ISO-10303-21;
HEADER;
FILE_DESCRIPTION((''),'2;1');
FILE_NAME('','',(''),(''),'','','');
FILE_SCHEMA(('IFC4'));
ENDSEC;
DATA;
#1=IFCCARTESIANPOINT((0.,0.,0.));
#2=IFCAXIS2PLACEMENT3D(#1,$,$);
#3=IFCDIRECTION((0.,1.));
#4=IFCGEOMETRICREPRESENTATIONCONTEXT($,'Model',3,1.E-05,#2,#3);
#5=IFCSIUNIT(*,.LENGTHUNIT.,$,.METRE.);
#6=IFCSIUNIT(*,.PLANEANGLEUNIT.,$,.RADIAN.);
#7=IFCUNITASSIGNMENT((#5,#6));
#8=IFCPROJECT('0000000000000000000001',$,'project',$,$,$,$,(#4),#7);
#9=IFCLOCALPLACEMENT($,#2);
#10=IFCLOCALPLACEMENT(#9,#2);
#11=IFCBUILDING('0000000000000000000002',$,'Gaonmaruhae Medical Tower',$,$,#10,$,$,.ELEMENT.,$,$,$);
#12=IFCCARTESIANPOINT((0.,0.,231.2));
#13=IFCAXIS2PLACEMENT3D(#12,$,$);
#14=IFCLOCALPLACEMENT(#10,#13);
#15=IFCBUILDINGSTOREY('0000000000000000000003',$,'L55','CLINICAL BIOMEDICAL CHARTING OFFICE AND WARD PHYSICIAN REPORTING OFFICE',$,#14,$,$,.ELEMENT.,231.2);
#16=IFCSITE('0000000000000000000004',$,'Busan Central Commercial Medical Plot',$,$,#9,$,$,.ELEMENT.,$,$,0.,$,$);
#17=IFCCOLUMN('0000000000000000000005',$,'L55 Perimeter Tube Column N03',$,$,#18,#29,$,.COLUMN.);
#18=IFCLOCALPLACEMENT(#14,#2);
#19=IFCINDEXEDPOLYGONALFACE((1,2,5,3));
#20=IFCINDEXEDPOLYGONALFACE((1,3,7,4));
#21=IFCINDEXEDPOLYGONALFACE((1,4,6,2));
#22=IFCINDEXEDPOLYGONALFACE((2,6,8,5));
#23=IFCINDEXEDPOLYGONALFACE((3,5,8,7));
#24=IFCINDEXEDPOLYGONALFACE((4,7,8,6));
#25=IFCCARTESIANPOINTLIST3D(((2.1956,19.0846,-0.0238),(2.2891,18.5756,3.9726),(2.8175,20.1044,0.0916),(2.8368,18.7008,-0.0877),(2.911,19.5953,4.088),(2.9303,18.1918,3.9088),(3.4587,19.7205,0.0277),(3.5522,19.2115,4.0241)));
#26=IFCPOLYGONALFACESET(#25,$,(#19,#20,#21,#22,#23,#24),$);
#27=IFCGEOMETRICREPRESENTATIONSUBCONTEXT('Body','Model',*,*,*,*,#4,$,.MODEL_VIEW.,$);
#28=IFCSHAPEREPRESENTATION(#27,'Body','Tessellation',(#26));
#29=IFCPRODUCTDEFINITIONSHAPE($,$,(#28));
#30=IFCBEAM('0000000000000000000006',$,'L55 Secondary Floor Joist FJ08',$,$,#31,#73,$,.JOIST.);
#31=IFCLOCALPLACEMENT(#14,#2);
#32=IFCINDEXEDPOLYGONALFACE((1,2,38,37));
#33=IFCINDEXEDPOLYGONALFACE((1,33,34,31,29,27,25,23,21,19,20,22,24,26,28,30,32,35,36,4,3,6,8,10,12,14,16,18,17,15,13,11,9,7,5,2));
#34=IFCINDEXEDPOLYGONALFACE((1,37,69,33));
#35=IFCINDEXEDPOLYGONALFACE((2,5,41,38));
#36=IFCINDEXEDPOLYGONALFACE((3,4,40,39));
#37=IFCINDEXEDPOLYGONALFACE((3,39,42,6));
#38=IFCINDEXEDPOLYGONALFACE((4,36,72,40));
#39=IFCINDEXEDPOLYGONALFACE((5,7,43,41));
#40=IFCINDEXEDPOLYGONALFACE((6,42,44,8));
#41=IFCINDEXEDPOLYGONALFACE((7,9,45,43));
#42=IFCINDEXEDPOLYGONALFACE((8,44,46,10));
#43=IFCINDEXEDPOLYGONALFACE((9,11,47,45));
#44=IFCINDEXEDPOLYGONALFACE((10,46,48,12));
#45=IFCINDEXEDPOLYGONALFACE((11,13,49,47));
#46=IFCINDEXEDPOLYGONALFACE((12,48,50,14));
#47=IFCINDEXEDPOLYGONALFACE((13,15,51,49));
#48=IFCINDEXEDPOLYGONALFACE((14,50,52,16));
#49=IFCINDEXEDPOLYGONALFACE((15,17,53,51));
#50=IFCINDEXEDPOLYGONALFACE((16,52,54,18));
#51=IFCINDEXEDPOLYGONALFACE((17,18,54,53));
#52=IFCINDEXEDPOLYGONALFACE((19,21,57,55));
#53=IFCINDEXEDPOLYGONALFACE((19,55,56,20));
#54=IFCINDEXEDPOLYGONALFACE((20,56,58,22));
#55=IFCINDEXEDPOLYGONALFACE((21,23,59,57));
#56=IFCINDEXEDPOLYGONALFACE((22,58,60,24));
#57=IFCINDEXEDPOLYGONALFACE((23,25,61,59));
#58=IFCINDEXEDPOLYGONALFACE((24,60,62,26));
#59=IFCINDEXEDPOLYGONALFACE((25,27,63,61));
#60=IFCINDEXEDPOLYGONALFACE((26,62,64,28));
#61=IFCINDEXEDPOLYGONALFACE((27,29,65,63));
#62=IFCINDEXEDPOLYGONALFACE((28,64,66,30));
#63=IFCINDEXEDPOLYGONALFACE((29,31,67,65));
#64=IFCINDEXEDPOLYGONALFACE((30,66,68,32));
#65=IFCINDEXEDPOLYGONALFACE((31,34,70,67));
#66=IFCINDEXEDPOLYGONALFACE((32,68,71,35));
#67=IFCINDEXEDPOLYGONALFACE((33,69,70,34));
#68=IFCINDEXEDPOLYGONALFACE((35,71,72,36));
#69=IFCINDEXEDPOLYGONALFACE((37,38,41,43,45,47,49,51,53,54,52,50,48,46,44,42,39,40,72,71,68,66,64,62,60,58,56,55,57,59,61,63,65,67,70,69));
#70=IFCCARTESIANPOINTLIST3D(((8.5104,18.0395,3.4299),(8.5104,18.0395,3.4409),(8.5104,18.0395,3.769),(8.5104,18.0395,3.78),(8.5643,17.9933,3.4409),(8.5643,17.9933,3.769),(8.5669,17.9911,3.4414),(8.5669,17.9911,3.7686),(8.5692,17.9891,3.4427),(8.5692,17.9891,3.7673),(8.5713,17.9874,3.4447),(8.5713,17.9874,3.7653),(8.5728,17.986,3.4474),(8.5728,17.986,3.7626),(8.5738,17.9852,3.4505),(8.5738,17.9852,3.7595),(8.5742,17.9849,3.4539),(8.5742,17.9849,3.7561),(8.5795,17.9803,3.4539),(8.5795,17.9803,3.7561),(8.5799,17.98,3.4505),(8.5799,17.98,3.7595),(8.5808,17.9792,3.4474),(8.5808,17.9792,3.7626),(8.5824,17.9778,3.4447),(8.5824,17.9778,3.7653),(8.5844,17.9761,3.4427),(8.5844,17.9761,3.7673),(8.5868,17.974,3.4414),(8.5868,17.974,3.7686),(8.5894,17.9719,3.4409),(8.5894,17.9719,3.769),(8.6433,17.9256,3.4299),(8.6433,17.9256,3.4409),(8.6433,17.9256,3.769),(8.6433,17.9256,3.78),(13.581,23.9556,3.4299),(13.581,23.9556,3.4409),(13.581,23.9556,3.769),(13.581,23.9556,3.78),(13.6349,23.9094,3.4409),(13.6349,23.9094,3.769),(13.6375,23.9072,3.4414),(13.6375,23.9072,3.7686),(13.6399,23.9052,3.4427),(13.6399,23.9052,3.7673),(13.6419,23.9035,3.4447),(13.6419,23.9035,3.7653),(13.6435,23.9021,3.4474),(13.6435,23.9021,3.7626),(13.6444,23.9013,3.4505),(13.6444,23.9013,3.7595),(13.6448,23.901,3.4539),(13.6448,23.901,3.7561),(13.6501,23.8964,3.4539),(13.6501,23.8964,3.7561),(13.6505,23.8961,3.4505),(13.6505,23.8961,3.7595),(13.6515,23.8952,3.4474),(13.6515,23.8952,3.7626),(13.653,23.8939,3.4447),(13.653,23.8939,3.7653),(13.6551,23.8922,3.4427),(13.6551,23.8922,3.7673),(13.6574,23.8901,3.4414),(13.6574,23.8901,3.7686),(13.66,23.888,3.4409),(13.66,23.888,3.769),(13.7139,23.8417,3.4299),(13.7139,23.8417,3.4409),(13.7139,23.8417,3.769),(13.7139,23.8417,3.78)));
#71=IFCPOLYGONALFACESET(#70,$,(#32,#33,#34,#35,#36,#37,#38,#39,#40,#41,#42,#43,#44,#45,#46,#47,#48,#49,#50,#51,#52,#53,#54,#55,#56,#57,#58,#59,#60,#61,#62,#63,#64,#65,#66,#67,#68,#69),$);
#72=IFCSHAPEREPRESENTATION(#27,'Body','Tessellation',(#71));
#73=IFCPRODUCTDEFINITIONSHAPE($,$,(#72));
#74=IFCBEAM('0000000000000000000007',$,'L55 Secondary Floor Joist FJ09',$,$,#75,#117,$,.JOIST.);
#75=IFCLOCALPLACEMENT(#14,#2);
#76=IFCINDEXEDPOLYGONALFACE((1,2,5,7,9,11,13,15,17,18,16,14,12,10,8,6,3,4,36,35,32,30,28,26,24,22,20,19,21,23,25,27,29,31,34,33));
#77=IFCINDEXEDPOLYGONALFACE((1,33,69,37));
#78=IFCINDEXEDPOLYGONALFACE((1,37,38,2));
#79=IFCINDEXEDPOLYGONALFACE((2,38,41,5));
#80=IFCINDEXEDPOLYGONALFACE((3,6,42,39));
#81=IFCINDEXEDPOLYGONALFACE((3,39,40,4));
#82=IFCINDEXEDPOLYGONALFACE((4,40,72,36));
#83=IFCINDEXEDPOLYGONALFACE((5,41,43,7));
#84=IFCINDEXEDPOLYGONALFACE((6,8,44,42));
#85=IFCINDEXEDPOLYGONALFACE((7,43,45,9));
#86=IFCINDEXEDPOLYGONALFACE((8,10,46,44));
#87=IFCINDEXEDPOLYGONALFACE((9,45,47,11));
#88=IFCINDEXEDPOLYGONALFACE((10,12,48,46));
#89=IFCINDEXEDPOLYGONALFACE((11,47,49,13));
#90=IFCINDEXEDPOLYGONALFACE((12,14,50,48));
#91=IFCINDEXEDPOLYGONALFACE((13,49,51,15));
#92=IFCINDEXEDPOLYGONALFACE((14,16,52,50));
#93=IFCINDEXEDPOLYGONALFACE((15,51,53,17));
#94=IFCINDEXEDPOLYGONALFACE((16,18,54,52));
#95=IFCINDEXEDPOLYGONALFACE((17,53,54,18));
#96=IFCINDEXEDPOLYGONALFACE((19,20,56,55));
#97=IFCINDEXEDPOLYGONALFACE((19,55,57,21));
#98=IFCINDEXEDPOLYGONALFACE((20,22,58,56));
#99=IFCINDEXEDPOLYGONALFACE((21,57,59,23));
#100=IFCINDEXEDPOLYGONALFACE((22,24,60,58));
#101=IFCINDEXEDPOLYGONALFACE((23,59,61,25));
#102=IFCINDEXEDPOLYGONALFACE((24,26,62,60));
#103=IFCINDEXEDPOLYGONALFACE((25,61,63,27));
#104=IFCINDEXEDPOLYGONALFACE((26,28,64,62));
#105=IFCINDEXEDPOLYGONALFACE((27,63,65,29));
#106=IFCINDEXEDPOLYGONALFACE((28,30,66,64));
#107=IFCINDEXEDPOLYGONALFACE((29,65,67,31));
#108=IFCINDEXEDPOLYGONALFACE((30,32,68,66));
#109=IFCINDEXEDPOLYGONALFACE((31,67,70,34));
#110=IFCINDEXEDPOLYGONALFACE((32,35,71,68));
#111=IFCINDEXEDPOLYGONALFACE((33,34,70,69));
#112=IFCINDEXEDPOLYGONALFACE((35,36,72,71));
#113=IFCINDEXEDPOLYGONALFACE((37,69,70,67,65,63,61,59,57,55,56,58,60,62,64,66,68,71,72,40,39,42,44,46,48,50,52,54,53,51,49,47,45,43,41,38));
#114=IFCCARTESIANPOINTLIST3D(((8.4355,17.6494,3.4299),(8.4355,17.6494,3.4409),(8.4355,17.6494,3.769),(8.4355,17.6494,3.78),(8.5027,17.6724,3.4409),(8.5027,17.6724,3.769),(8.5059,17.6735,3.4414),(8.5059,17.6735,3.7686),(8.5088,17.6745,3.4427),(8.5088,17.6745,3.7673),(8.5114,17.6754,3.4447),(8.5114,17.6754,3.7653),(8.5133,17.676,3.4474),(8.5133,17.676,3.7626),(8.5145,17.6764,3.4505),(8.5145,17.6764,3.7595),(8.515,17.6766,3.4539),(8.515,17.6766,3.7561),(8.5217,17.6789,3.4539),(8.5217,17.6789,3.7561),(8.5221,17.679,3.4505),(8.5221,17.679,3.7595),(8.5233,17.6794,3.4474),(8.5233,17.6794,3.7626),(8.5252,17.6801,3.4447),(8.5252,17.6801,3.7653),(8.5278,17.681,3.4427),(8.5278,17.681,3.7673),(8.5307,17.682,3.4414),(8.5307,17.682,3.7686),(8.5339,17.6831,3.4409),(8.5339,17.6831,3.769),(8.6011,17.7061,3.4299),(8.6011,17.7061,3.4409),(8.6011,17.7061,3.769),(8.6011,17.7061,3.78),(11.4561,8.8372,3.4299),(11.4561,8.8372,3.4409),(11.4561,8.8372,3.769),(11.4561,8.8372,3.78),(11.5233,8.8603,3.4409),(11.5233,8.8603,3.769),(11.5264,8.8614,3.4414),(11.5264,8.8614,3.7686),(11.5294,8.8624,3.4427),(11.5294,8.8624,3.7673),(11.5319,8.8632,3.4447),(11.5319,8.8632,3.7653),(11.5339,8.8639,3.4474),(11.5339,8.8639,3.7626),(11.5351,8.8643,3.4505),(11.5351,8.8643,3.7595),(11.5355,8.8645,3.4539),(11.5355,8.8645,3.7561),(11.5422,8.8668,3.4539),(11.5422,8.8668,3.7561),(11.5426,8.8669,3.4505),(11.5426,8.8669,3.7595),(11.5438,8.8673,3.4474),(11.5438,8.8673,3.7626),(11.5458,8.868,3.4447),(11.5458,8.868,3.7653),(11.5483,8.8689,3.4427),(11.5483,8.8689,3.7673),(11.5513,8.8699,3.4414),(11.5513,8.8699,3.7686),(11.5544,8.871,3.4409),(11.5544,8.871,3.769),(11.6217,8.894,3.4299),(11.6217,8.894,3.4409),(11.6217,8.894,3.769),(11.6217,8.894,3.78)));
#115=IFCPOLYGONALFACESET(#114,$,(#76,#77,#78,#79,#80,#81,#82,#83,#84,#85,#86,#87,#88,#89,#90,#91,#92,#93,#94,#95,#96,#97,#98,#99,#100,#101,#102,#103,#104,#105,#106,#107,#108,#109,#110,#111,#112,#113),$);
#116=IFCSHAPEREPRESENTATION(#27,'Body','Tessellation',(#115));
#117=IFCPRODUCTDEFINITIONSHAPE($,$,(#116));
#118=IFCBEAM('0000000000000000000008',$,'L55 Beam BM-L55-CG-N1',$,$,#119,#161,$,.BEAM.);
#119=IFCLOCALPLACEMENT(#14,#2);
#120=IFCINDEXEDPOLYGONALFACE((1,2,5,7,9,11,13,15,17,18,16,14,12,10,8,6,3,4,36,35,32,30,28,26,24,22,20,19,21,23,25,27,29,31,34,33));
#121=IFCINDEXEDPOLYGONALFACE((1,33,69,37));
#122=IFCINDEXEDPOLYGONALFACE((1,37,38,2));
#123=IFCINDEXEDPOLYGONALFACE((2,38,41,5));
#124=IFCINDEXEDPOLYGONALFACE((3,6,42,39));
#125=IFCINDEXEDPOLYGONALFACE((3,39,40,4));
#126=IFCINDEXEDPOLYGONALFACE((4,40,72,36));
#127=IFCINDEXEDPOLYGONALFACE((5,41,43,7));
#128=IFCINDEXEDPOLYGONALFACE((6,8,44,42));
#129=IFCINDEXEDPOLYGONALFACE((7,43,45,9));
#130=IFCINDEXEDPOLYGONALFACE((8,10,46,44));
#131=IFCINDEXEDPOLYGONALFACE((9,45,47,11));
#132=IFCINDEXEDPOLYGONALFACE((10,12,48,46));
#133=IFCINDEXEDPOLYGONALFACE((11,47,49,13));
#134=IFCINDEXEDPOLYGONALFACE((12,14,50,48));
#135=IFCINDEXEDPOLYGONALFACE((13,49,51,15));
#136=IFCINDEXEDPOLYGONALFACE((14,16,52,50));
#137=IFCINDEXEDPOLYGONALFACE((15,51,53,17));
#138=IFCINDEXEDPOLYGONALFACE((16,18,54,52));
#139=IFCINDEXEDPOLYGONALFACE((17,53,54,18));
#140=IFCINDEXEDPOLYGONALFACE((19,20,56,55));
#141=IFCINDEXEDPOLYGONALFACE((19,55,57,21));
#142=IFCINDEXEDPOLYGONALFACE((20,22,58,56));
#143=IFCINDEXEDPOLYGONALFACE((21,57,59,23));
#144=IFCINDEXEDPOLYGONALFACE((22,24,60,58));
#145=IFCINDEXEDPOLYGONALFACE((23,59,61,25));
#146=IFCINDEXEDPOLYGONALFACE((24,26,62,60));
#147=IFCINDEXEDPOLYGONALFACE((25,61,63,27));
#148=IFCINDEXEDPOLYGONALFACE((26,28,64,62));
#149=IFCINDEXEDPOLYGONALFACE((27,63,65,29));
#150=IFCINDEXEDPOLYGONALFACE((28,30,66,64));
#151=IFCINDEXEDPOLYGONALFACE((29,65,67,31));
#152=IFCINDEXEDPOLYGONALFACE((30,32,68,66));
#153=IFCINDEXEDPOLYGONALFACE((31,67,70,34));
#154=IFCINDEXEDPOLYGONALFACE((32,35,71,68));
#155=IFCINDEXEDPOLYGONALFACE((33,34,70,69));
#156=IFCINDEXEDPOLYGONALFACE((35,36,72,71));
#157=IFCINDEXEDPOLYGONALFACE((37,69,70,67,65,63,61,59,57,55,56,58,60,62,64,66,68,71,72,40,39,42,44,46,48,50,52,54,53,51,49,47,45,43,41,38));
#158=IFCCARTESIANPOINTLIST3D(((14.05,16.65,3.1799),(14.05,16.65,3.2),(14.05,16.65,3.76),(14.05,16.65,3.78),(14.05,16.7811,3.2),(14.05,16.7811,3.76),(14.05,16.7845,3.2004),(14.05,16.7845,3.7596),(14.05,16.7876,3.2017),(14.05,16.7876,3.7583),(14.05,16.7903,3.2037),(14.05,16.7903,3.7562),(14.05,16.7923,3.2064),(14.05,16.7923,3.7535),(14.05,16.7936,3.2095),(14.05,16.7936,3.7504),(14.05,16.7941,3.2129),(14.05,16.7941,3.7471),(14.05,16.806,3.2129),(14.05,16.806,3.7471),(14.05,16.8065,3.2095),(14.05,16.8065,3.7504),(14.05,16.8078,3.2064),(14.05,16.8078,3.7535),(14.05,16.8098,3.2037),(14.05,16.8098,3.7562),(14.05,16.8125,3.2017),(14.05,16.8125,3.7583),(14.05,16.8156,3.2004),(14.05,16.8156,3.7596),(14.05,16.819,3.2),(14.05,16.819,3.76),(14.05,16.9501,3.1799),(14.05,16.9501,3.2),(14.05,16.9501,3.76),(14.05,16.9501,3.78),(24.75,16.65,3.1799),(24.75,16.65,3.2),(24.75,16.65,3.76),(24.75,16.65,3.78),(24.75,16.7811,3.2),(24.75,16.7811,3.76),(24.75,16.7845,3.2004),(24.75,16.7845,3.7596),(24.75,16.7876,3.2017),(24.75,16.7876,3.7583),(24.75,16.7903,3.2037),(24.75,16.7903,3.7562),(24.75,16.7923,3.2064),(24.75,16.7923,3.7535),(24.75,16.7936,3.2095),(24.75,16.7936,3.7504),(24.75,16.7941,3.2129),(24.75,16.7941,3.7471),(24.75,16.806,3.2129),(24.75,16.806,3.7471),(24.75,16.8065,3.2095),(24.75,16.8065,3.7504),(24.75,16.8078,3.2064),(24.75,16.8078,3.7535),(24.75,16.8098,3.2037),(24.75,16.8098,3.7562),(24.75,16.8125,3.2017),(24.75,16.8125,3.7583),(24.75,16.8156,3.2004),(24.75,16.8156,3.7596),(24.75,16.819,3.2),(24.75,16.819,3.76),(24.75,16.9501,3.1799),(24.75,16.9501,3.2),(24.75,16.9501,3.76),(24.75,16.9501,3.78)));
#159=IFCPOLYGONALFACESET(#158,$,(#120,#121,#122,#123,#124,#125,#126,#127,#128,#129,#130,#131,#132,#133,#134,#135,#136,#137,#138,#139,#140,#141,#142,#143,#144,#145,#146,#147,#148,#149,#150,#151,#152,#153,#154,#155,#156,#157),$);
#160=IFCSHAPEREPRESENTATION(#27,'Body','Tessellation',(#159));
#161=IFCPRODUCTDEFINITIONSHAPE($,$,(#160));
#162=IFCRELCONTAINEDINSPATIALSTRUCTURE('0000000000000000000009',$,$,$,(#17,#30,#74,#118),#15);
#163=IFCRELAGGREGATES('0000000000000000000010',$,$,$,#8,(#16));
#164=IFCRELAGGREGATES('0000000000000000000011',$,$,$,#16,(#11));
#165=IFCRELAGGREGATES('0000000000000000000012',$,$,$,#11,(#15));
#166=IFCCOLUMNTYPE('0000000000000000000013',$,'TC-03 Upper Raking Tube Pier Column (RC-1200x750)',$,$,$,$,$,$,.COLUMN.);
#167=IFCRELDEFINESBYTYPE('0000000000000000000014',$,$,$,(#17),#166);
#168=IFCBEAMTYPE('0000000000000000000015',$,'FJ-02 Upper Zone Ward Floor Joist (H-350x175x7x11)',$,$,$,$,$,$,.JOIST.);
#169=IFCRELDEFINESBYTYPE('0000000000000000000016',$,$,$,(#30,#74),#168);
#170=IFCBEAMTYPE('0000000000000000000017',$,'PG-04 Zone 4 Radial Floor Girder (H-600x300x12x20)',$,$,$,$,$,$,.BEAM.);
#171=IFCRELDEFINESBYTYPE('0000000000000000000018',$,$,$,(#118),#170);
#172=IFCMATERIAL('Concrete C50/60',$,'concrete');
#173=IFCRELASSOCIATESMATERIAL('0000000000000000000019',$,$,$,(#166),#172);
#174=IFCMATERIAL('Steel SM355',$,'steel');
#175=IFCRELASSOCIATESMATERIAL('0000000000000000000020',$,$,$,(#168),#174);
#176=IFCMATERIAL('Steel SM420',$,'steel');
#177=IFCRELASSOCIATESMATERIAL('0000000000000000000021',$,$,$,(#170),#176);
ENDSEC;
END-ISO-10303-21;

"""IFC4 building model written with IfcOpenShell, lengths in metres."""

from ifc_helpers import new_model, si_unit, direction, frame, origin, origin_2d, place, context, subcontext, project, spatial, rectangle, i_section, extrude, material, material_profile, profile_set, type_object, element, save


model = new_model("IFC4")

# Units and contexts
model_context = context("Model", 3, precision=1e-05, world=origin(), true_north=direction((0.0, 1.0)))
body_context = subcontext(model_context, "Body", "Model", "MODEL_VIEW")
ifc_project = project(units=[si_unit("LENGTHUNIT", "METRE"), si_unit("PLANEANGLEUNIT", "RADIAN")], contexts=[model_context])

# Site, building, storey
site_placement = place(None, origin())
site = spatial("IfcSite", under=ifc_project, at=site_placement, Name="Busan Central Commercial Medical Plot", CompositionType="ELEMENT", RefElevation=0.0)
building_placement = place(site_placement, origin())
building = spatial("IfcBuilding", under=site, at=building_placement, Name="Gaonmaruhae Medical Tower", CompositionType="ELEMENT")
storey_placement = place(building_placement, frame((0.0, 0.0, 231.2)))
storey = spatial("IfcBuildingStorey", under=building, at=storey_placement, Name="L55", Description="CLINICAL BIOMEDICAL CHARTING OFFICE AND WARD PHYSICIAN REPORTING OFFICE", CompositionType="ELEMENT", Elevation=231.2)

# Column
ifc_material_1 = material(Name="Concrete C50/60", Category="concrete")
ifc_material_profile_1 = material_profile(ifc_material_1, rectangle(XDim=1.2, YDim=0.75, at=origin_2d()), Name="RC-1200x750")
ifc_profile_set_1 = profile_set([ifc_material_profile_1], Name="Concrete C50/60")
column_type = type_object("IfcColumnType", Name="TC-03 Upper Raking Tube Pier Column (RC-1200x750)", PredefinedType="COLUMN", material=ifc_profile_set_1)
column_placement = place(storey_placement, frame((2.8271, 19.4026, 0.002), z_axis=(0.023204, -0.12632, 0.991718), x_axis=(0.518269, 0.849799, 0.096117)))
element("IfcColumn", 1, at=column_placement, inside=storey, type_object=column_type, Name="L55 Perimeter Tube Column N03", PredefinedType="COLUMN", context=body_context, shape_type="SweptSolid", body=[
    extrude(rectangle(XDim=1.2, YDim=0.75, at=origin_2d()), origin(), (0.0, 0.0, 1.0), 4.0298),
])

# Beams
ifc_material_2 = material(Name="Steel SM355", Category="steel")
ifc_material_profile_2 = material_profile(ifc_material_2, i_section(OverallWidth=0.175, OverallDepth=0.3501, WebThickness=0.0071, FlangeThickness=0.011, FilletRadius=0.0129, at=origin_2d()), Name="H-350x175x7x11")
ifc_profile_set_2 = profile_set([ifc_material_profile_2], Name="Steel SM355")
beam_type_1 = type_object("IfcBeamType", Name="FJ-02 Upper Zone Ward Floor Joist (H-350x175x7x11)", PredefinedType="JOIST", material=ifc_profile_set_2)
beam_1_placement = place(storey_placement, frame((13.6475, 23.8987, 3.605), z_axis=(-0.650768, -0.759277, 0.0), x_axis=(0.759277, -0.650768, 0.0)))
element("IfcBeam", 2, at=beam_1_placement, inside=storey, type_object=beam_type_1, Name="L55 Secondary Floor Joist FJ08", PredefinedType="JOIST", context=body_context, shape_type="SweptSolid", body=[
    extrude(i_section(OverallWidth=0.175, OverallDepth=0.3501, WebThickness=0.0071, FlangeThickness=0.011, FilletRadius=0.0129, at=origin_2d()), origin(), (0.0, 0.0, 1.0), 7.7917),
])
beam_2_placement = place(storey_placement, frame((8.5183, 17.6777, 3.605), z_axis=(0.324252, -0.945971, 0.0), x_axis=(0.945971, 0.324252, 0.0)))
element("IfcBeam", 3, at=beam_2_placement, inside=storey, type_object=beam_type_1, Name="L55 Secondary Floor Joist FJ09", PredefinedType="JOIST", context=body_context, shape_type="SweptSolid", body=[
    extrude(i_section(OverallWidth=0.175, OverallDepth=0.3501, WebThickness=0.0071, FlangeThickness=0.011, FilletRadius=0.0129, at=origin_2d()), origin(), (0.0, 0.0, 1.0), 9.3154),
])
ifc_material_3 = material(Name="Steel SM420", Category="steel")
ifc_material_profile_3 = material_profile(ifc_material_3, i_section(OverallWidth=0.3, OverallDepth=0.6001, WebThickness=0.012, FlangeThickness=0.02, FilletRadius=0.0129, at=origin_2d()), Name="H-600x300x12x20")
ifc_profile_set_3 = profile_set([ifc_material_profile_3], Name="Steel SM420")
beam_type_2 = type_object("IfcBeamType", Name="PG-04 Zone 4 Radial Floor Girder (H-600x300x12x20)", PredefinedType="BEAM", material=ifc_profile_set_3)
beam_3_placement = place(storey_placement, frame((14.05, 16.8, 3.48), z_axis=(1.0, 0.0, 0.0), x_axis=(0.0, 1.0, 0.0)))
element("IfcBeam", 4, at=beam_3_placement, inside=storey, type_object=beam_type_2, Name="L55 Beam BM-L55-CG-N1", PredefinedType="BEAM", context=body_context, shape_type="SweptSolid", body=[
    extrude(i_section(OverallWidth=0.3, OverallDepth=0.6001, WebThickness=0.012, FlangeThickness=0.02, FilletRadius=0.0129, at=origin_2d()), origin(), (0.0, 0.0, 1.0), 10.7),
])

save(model, "model.ifc")
